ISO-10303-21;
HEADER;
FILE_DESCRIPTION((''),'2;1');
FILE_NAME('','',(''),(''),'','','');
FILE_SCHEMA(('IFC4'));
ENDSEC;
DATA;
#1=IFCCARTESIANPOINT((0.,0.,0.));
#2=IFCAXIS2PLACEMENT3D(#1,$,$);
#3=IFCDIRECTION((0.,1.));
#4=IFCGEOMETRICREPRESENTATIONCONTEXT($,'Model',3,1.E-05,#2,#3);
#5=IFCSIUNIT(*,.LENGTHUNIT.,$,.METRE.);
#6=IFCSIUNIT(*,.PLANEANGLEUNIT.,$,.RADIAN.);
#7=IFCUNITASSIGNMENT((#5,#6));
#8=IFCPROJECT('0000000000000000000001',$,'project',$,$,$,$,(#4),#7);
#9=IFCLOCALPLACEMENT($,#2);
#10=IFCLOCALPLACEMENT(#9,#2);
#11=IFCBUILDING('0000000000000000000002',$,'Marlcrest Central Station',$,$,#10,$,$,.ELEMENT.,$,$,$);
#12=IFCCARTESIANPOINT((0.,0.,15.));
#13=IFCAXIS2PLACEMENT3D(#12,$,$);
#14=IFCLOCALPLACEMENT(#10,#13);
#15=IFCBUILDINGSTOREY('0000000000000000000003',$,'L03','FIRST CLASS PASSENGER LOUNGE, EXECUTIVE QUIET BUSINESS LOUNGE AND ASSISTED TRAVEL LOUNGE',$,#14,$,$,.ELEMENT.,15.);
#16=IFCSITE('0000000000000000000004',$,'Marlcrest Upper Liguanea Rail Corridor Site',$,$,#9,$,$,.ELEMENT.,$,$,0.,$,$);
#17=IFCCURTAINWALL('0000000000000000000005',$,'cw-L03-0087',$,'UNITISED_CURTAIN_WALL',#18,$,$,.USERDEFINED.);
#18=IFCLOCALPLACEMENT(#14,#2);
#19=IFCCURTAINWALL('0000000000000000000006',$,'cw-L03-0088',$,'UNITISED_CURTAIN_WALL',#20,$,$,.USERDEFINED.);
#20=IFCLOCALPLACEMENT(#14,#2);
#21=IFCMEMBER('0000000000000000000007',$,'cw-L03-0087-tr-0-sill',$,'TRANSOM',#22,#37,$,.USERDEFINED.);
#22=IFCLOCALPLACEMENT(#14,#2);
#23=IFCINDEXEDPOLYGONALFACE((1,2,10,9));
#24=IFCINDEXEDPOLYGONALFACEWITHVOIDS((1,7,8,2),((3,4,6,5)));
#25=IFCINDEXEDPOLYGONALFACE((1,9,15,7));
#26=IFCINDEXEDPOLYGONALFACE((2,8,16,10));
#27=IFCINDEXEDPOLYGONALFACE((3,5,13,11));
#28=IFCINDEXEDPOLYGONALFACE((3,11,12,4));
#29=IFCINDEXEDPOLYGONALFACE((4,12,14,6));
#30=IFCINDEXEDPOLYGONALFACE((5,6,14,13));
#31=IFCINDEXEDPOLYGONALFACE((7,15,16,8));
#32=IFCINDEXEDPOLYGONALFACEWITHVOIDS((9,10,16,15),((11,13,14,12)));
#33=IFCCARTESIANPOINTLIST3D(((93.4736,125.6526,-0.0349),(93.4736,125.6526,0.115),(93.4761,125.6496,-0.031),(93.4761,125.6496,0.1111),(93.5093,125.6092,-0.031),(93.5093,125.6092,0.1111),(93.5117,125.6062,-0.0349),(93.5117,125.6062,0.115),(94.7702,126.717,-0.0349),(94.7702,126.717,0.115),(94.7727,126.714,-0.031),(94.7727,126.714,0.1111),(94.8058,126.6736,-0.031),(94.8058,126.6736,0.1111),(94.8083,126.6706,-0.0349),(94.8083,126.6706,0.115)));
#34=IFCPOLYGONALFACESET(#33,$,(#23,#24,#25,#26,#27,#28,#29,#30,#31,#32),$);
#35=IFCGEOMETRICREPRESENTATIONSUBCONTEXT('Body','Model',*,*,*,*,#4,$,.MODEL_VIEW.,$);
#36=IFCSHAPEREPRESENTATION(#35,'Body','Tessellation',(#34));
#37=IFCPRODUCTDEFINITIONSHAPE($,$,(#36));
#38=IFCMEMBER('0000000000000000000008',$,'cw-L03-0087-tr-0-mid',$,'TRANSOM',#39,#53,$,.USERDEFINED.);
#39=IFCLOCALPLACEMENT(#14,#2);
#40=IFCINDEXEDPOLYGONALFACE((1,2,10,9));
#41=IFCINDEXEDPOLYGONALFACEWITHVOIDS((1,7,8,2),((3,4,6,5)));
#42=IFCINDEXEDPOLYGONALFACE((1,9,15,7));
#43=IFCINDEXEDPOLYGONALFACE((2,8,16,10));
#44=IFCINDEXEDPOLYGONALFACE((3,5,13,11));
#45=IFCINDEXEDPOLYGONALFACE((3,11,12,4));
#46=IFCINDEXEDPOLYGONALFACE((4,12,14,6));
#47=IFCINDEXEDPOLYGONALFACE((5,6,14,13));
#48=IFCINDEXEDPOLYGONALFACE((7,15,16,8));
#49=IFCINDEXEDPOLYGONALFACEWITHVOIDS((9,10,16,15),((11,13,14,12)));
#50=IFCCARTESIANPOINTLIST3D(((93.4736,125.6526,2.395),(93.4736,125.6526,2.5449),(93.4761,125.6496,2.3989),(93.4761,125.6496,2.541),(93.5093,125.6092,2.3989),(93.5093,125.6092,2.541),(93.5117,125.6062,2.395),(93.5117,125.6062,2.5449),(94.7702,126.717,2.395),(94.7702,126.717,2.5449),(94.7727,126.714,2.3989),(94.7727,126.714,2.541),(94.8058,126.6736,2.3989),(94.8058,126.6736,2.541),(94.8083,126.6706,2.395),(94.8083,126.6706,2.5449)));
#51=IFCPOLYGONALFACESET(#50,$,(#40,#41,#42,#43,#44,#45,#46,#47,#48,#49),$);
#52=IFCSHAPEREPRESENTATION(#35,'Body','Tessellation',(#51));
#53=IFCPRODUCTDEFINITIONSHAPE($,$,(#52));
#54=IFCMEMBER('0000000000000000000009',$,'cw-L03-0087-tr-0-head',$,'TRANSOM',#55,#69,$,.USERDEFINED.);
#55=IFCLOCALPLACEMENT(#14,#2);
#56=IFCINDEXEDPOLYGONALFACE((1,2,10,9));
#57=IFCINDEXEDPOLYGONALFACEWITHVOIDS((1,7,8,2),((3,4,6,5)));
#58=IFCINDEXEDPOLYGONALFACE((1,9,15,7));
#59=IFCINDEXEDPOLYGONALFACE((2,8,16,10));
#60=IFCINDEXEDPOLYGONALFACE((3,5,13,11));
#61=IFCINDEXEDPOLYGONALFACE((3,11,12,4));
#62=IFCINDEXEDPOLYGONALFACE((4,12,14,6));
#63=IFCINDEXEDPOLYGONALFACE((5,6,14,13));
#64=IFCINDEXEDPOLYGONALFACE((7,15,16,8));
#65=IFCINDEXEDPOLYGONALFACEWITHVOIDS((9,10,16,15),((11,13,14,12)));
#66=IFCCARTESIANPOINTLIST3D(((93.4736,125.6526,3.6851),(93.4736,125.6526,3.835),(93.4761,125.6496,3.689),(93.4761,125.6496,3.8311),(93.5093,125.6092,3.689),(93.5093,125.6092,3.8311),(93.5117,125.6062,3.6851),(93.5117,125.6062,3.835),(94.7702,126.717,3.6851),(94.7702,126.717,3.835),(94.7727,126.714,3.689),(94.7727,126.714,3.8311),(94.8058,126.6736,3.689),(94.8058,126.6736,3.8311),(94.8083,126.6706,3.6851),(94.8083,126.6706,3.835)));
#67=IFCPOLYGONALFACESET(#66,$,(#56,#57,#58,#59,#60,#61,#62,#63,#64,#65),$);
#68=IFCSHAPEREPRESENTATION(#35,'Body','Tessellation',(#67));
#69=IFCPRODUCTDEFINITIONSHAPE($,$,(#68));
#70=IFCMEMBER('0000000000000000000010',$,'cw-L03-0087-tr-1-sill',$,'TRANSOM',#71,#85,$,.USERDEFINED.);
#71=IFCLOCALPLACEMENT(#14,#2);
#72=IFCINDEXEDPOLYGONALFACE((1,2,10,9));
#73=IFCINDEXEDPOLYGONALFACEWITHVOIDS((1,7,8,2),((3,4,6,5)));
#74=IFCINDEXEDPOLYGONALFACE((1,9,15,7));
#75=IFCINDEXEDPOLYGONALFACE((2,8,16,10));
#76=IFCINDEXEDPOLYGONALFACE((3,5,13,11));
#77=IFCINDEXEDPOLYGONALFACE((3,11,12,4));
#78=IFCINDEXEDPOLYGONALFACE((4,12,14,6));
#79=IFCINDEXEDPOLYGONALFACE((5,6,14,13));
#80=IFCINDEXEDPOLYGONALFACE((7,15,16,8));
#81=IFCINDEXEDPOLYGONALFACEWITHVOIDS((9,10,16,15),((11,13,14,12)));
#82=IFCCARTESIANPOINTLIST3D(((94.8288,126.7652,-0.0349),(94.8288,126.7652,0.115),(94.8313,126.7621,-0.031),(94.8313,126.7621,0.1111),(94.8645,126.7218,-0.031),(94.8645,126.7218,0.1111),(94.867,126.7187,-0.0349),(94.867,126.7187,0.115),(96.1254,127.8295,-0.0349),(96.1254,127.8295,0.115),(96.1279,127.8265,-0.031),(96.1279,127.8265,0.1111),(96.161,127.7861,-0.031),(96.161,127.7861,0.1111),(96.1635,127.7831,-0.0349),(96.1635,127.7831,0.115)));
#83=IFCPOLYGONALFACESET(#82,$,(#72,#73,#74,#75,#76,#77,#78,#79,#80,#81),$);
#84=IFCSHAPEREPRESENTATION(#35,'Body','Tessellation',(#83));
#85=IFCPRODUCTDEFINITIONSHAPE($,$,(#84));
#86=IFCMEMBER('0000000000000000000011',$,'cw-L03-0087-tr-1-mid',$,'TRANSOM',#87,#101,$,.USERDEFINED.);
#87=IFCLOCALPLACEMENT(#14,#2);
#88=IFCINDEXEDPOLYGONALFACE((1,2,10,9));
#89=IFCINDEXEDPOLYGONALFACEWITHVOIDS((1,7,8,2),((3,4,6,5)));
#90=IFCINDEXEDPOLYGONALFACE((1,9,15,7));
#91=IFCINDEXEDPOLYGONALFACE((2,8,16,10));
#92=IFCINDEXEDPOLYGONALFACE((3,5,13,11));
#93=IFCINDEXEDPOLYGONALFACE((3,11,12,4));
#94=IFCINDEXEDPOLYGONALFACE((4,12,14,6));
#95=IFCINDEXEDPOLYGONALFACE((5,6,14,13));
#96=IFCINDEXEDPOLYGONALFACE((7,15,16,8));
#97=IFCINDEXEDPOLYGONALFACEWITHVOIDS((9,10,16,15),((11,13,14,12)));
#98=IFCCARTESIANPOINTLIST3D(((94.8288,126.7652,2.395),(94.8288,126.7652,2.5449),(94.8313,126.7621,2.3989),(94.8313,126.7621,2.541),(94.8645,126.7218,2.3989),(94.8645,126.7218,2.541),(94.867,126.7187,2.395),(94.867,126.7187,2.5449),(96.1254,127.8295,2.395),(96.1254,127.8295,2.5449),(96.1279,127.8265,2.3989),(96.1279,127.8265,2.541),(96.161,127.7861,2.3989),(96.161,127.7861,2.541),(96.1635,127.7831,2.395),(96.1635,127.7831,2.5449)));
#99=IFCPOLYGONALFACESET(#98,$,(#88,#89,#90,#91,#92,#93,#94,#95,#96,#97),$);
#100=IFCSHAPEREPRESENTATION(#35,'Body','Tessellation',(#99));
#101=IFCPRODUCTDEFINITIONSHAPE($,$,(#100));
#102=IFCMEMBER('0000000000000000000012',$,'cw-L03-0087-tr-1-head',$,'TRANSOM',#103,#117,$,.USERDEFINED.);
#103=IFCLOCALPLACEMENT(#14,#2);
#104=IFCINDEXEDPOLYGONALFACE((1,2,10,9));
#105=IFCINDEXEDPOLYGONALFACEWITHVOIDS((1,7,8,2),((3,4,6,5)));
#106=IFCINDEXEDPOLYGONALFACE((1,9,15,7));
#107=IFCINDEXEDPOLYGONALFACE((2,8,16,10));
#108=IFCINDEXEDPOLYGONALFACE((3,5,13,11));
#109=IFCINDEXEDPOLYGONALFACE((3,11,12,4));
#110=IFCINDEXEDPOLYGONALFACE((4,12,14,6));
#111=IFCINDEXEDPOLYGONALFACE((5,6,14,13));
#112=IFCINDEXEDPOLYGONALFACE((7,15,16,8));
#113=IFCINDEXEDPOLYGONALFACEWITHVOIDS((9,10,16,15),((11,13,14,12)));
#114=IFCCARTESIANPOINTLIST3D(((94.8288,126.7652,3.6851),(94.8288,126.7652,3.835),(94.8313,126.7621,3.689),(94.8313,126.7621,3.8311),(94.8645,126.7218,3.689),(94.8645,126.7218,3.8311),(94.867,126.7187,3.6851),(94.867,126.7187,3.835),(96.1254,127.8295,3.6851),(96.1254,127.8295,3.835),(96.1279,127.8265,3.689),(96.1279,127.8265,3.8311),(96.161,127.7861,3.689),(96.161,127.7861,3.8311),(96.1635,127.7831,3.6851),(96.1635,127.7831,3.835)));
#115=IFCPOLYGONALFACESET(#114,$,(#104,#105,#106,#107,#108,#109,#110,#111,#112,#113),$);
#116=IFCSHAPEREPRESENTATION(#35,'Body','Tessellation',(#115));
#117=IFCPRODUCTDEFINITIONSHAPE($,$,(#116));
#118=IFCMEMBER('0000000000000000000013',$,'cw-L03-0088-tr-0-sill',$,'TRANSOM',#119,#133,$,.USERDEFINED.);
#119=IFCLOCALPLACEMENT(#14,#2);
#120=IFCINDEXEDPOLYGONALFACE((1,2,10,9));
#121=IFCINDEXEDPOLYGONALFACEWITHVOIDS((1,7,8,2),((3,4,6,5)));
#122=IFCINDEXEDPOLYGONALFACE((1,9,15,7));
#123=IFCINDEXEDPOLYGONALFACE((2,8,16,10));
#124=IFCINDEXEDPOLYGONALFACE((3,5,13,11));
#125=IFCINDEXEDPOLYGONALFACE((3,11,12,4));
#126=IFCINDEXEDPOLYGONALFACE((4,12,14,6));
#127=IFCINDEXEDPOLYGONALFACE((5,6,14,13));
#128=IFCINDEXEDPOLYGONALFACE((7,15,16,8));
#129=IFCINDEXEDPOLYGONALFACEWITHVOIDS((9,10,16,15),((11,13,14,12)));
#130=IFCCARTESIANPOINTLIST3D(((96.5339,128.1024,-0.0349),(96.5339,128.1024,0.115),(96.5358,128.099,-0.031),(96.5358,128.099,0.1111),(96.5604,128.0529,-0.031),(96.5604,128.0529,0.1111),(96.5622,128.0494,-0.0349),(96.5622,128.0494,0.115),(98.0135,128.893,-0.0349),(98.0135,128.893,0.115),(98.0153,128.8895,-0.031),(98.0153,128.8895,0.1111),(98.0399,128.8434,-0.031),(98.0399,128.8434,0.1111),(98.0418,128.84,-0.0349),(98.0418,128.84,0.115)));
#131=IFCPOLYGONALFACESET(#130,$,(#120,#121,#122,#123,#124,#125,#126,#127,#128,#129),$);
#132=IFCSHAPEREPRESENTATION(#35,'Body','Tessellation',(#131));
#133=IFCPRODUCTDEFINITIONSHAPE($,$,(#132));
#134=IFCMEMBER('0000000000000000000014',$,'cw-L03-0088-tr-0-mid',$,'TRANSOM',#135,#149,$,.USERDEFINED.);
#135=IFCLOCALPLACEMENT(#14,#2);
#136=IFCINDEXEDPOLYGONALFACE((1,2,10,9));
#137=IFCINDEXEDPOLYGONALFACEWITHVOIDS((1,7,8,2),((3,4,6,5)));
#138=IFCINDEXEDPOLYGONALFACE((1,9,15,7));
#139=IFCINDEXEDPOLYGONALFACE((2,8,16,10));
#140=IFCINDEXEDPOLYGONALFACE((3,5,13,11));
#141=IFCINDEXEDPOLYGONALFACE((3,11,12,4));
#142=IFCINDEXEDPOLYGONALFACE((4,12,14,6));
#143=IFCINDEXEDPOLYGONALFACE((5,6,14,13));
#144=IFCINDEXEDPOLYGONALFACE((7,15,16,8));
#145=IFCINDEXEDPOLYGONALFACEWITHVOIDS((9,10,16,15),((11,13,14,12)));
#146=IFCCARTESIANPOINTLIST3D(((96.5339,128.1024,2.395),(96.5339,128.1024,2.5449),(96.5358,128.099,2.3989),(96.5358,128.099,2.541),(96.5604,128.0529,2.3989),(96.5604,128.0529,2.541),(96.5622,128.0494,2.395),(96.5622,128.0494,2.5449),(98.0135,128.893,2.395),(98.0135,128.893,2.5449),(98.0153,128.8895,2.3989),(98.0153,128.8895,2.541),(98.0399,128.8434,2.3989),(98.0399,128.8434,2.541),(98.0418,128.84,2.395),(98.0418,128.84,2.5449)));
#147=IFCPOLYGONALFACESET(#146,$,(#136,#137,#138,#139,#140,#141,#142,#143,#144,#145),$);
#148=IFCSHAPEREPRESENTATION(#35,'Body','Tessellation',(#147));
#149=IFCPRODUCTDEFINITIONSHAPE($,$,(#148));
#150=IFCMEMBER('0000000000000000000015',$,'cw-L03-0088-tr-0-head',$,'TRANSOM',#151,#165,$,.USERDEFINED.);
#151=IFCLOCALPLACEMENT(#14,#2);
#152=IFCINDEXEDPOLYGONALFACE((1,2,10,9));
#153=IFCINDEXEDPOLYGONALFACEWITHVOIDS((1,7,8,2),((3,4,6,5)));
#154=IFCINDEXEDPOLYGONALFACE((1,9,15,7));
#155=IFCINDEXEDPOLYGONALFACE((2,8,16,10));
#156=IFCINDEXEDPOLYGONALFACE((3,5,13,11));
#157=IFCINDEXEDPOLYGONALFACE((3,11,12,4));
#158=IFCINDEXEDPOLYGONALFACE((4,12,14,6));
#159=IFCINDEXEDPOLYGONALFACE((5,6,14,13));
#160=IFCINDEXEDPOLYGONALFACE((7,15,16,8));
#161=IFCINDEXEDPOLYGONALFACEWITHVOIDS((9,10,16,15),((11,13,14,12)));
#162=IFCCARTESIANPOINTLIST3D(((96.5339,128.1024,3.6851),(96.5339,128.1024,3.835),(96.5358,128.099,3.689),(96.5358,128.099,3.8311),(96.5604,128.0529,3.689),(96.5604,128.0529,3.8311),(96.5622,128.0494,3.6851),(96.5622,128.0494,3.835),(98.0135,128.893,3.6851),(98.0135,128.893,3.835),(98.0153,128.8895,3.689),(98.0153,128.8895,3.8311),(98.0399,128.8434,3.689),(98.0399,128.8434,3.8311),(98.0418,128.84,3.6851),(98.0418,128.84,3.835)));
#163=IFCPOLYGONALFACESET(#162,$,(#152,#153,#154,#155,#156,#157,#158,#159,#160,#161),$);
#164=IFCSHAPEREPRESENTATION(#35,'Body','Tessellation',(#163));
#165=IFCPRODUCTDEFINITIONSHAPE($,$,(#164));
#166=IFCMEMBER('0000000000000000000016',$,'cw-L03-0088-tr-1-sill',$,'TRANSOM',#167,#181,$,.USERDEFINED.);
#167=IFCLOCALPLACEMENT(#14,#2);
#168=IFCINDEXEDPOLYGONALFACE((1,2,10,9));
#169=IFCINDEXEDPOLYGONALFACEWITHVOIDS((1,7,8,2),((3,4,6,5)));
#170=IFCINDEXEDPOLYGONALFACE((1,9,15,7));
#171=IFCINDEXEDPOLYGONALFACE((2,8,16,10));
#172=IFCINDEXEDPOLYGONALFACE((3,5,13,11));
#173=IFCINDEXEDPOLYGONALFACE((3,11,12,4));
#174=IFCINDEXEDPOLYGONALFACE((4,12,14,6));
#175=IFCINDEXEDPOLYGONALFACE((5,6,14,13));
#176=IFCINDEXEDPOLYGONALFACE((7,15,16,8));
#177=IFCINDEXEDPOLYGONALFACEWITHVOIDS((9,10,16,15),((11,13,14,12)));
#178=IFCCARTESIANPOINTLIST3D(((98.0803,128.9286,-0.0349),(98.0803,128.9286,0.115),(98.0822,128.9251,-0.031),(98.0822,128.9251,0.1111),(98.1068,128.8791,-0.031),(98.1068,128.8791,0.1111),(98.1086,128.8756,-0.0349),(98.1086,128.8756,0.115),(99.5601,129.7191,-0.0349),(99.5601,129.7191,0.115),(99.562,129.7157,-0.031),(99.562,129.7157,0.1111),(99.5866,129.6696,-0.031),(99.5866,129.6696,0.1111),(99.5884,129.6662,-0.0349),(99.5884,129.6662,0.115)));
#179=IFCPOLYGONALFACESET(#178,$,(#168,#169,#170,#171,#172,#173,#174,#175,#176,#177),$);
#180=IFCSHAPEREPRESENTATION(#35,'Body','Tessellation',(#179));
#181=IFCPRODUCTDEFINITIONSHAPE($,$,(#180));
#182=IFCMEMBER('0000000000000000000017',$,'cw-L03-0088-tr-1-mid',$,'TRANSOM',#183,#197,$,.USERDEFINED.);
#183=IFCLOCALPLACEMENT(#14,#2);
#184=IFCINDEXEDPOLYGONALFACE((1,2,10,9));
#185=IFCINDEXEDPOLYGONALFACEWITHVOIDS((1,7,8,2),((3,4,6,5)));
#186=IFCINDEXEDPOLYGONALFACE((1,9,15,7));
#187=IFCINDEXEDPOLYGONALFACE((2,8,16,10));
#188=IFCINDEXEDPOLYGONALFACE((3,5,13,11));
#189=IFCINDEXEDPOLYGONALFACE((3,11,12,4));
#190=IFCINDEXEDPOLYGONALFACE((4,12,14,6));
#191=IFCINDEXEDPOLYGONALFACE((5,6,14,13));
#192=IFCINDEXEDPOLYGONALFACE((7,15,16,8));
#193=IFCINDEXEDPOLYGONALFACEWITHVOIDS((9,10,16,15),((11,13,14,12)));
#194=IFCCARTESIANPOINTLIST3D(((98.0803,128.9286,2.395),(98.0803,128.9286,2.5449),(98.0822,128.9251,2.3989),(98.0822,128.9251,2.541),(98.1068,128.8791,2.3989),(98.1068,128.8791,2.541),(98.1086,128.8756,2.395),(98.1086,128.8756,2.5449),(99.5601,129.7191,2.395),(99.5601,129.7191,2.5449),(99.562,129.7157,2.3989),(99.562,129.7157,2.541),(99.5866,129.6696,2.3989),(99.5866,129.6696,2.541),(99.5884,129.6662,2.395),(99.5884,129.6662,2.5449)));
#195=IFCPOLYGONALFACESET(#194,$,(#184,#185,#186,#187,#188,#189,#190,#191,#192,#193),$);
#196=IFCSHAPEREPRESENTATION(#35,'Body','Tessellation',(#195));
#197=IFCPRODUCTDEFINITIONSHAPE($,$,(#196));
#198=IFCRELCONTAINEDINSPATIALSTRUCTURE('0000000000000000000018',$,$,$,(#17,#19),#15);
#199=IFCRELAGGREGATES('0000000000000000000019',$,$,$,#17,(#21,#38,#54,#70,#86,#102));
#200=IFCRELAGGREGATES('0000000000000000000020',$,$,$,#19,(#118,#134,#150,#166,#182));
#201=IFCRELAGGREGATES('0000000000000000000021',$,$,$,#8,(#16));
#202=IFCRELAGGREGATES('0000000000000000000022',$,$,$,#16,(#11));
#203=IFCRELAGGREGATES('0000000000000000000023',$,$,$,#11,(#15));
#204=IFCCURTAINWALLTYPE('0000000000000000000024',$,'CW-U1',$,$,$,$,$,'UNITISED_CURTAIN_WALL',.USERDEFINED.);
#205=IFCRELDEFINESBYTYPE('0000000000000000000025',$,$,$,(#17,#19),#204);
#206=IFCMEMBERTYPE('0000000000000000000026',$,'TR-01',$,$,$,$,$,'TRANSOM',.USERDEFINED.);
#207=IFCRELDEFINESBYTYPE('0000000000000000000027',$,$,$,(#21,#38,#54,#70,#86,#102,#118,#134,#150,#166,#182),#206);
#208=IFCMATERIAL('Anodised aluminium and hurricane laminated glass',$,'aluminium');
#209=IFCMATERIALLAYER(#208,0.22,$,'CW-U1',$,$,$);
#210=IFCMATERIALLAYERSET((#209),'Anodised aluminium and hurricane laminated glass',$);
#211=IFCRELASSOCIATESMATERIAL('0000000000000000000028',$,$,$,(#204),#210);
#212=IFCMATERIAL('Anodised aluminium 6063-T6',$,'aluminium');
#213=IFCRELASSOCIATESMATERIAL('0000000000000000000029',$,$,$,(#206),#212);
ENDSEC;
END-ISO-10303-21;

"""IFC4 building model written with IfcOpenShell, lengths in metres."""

from ifc_helpers import new_model, si_unit, direction, frame, origin, origin_2d, place, context, subcontext, project, spatial, hollow_rectangle, extrude, material, layer, layer_set, material_profile, profile_set, type_object, element, aggregate, save


model = new_model("IFC4")

# Units and contexts
model_context = context("Model", 3, precision=1e-05, world=origin(), true_north=direction((0.0, 1.0)))
body_context = subcontext(model_context, "Body", "Model", "MODEL_VIEW")
ifc_project = project(units=[si_unit("LENGTHUNIT", "METRE"), si_unit("PLANEANGLEUNIT", "RADIAN")], contexts=[model_context])

# Site, building, storey
site_placement = place(None, origin())
site = spatial("IfcSite", under=ifc_project, at=site_placement, Name="Marlcrest Upper Liguanea Rail Corridor Site", CompositionType="ELEMENT", RefElevation=0.0)
building_placement = place(site_placement, origin())
building = spatial("IfcBuilding", under=site, at=building_placement, Name="Marlcrest Central Station", CompositionType="ELEMENT")
storey_placement = place(building_placement, frame((0.0, 0.0, 15.0)))
storey = spatial("IfcBuildingStorey", under=building, at=storey_placement, Name="L03", Description="FIRST CLASS PASSENGER LOUNGE, EXECUTIVE QUIET BUSINESS LOUNGE AND ASSISTED TRAVEL LOUNGE", CompositionType="ELEMENT", Elevation=15.0)

# Curtain walls
ifc_material_1 = material(Name="Anodised aluminium and hurricane laminated glass", Category="aluminium")
ifc_layer_1 = layer(ifc_material_1, 0.22, Name="CW-U1")
ifc_layer_set_1 = layer_set([ifc_layer_1], Name="Anodised aluminium and hurricane laminated glass")
curtain_wall_type = type_object("IfcCurtainWallType", Name="CW-U1", ElementType="UNITISED_CURTAIN_WALL", PredefinedType="USERDEFINED", material=ifc_layer_set_1)
curtain_wall_1_placement = place(storey_placement, origin())
curtain_wall_1 = element("IfcCurtainWall", 1, at=curtain_wall_1_placement, inside=storey, type_object=curtain_wall_type, Name="cw-L03-0087", ObjectType="UNITISED_CURTAIN_WALL", PredefinedType="USERDEFINED")
ifc_material_2 = material(Name="Anodised aluminium 6063-T6", Category="aluminium")
curtain_wall_2_placement = place(storey_placement, origin())
curtain_wall_2 = element("IfcCurtainWall", 2, at=curtain_wall_2_placement, inside=storey, type_object=curtain_wall_type, Name="cw-L03-0088", ObjectType="UNITISED_CURTAIN_WALL", PredefinedType="USERDEFINED")

# Members
ifc_material_profile_1 = material_profile(ifc_material_2, hollow_rectangle(XDim=0.0601, YDim=0.1499, WallThickness=0.0039, at=origin_2d()), Name="AA-RHS 150x60x4")
ifc_profile_set_1 = profile_set([ifc_material_profile_1], Name="Anodised aluminium 6063-T6")
member_type_1 = type_object("IfcMemberType", Name="TR-01", ElementType="TRANSOM", PredefinedType="USERDEFINED", material=ifc_profile_set_1)
member_1_placement = place(storey_placement, frame((93.4927, 125.6294, 0.04), z_axis=(0.772912, 0.634513, 0.0), x_axis=(-0.634513, 0.772912, 0.0)))
member_1 = element("IfcMember", 3, at=member_1_placement, type_object=member_type_1, Name="cw-L03-0087-tr-0-sill", ObjectType="TRANSOM", PredefinedType="USERDEFINED", context=body_context, shape_type="SweptSolid", body=[
    extrude(hollow_rectangle(XDim=0.0601, YDim=0.1499, WallThickness=0.0039, at=origin_2d()), origin(), (0.0, 0.0, 1.0), 1.6775),
])
member_2_placement = place(storey_placement, frame((93.4927, 125.6294, 2.47), z_axis=(0.772912, 0.634513, 0.0), x_axis=(-0.634513, 0.772912, 0.0)))
member_2 = element("IfcMember", 4, at=member_2_placement, type_object=member_type_1, Name="cw-L03-0087-tr-0-mid", ObjectType="TRANSOM", PredefinedType="USERDEFINED", context=body_context, shape_type="SweptSolid", body=[
    extrude(hollow_rectangle(XDim=0.0601, YDim=0.1499, WallThickness=0.0039, at=origin_2d()), origin(), (0.0, 0.0, 1.0), 1.6775),
])
member_3_placement = place(storey_placement, frame((93.4927, 125.6294, 3.76), z_axis=(0.772912, 0.634513, 0.0), x_axis=(-0.634513, 0.772912, 0.0)))
member_3 = element("IfcMember", 5, at=member_3_placement, type_object=member_type_1, Name="cw-L03-0087-tr-0-head", ObjectType="TRANSOM", PredefinedType="USERDEFINED", context=body_context, shape_type="SweptSolid", body=[
    extrude(hollow_rectangle(XDim=0.0601, YDim=0.1499, WallThickness=0.0039, at=origin_2d()), origin(), (0.0, 0.0, 1.0), 1.6775),
])
member_4_placement = place(storey_placement, frame((94.8479, 126.7419, 0.04), z_axis=(0.772912, 0.634513, 0.0), x_axis=(-0.634513, 0.772912, 0.0)))
member_4 = element("IfcMember", 6, at=member_4_placement, type_object=member_type_1, Name="cw-L03-0087-tr-1-sill", ObjectType="TRANSOM", PredefinedType="USERDEFINED", context=body_context, shape_type="SweptSolid", body=[
    extrude(hollow_rectangle(XDim=0.0601, YDim=0.1499, WallThickness=0.0039, at=origin_2d()), origin(), (0.0, 0.0, 1.0), 1.6775),
])
member_5_placement = place(storey_placement, frame((94.8479, 126.7419, 2.47), z_axis=(0.772912, 0.634513, 0.0), x_axis=(-0.634513, 0.772912, 0.0)))
member_5 = element("IfcMember", 7, at=member_5_placement, type_object=member_type_1, Name="cw-L03-0087-tr-1-mid", ObjectType="TRANSOM", PredefinedType="USERDEFINED", context=body_context, shape_type="SweptSolid", body=[
    extrude(hollow_rectangle(XDim=0.0601, YDim=0.1499, WallThickness=0.0039, at=origin_2d()), origin(), (0.0, 0.0, 1.0), 1.6775),
])
member_6_placement = place(storey_placement, frame((94.8479, 126.7419, 3.76), z_axis=(0.772912, 0.634513, 0.0), x_axis=(-0.634513, 0.772912, 0.0)))
member_6 = element("IfcMember", 8, at=member_6_placement, type_object=member_type_1, Name="cw-L03-0087-tr-1-head", ObjectType="TRANSOM", PredefinedType="USERDEFINED", context=body_context, shape_type="SweptSolid", body=[
    extrude(hollow_rectangle(XDim=0.0601, YDim=0.1499, WallThickness=0.0039, at=origin_2d()), origin(), (0.0, 0.0, 1.0), 1.6775),
])
member_7_placement = place(storey_placement, frame((96.5481, 128.0759, 0.04), z_axis=(0.88199, 0.471268, 0.0), x_axis=(-0.471268, 0.88199, 0.0)))
member_7 = element("IfcMember", 9, at=member_7_placement, type_object=member_type_1, Name="cw-L03-0088-tr-0-sill", ObjectType="TRANSOM", PredefinedType="USERDEFINED", context=body_context, shape_type="SweptSolid", body=[
    extrude(hollow_rectangle(XDim=0.0601, YDim=0.1499, WallThickness=0.0039, at=origin_2d()), origin(), (0.0, 0.0, 1.0), 1.6775),
])
member_8_placement = place(storey_placement, frame((96.5481, 128.0759, 2.47), z_axis=(0.88199, 0.471268, 0.0), x_axis=(-0.471268, 0.88199, 0.0)))
member_8 = element("IfcMember", 10, at=member_8_placement, type_object=member_type_1, Name="cw-L03-0088-tr-0-mid", ObjectType="TRANSOM", PredefinedType="USERDEFINED", context=body_context, shape_type="SweptSolid", body=[
    extrude(hollow_rectangle(XDim=0.0601, YDim=0.1499, WallThickness=0.0039, at=origin_2d()), origin(), (0.0, 0.0, 1.0), 1.6775),
])
member_9_placement = place(storey_placement, frame((96.5481, 128.0759, 3.76), z_axis=(0.88199, 0.471268, 0.0), x_axis=(-0.471268, 0.88199, 0.0)))
member_9 = element("IfcMember", 11, at=member_9_placement, type_object=member_type_1, Name="cw-L03-0088-tr-0-head", ObjectType="TRANSOM", PredefinedType="USERDEFINED", context=body_context, shape_type="SweptSolid", body=[
    extrude(hollow_rectangle(XDim=0.0601, YDim=0.1499, WallThickness=0.0039, at=origin_2d()), origin(), (0.0, 0.0, 1.0), 1.6775),
])
member_10_placement = place(storey_placement, frame((98.0945, 128.9021, 0.04), z_axis=(0.882022, 0.471207, 0.0), x_axis=(-0.471207, 0.882022, 0.0)))
member_10 = element("IfcMember", 12, at=member_10_placement, type_object=member_type_1, Name="cw-L03-0088-tr-1-sill", ObjectType="TRANSOM", PredefinedType="USERDEFINED", context=body_context, shape_type="SweptSolid", body=[
    extrude(hollow_rectangle(XDim=0.0601, YDim=0.1499, WallThickness=0.0039, at=origin_2d()), origin(), (0.0, 0.0, 1.0), 1.6777),
])
member_11_placement = place(storey_placement, frame((98.0945, 128.9021, 2.47), z_axis=(0.882022, 0.471207, 0.0), x_axis=(-0.471207, 0.882022, 0.0)))
member_11 = element("IfcMember", 13, at=member_11_placement, type_object=member_type_1, Name="cw-L03-0088-tr-1-mid", ObjectType="TRANSOM", PredefinedType="USERDEFINED", context=body_context, shape_type="SweptSolid", body=[
    extrude(hollow_rectangle(XDim=0.0601, YDim=0.1499, WallThickness=0.0039, at=origin_2d()), origin(), (0.0, 0.0, 1.0), 1.6777),
])

aggregate(curtain_wall_1, [member_1, member_2, member_3, member_4, member_5, member_6])
aggregate(curtain_wall_2, [member_7, member_8, member_9, member_10, member_11])

save(model, "model.ifc")
